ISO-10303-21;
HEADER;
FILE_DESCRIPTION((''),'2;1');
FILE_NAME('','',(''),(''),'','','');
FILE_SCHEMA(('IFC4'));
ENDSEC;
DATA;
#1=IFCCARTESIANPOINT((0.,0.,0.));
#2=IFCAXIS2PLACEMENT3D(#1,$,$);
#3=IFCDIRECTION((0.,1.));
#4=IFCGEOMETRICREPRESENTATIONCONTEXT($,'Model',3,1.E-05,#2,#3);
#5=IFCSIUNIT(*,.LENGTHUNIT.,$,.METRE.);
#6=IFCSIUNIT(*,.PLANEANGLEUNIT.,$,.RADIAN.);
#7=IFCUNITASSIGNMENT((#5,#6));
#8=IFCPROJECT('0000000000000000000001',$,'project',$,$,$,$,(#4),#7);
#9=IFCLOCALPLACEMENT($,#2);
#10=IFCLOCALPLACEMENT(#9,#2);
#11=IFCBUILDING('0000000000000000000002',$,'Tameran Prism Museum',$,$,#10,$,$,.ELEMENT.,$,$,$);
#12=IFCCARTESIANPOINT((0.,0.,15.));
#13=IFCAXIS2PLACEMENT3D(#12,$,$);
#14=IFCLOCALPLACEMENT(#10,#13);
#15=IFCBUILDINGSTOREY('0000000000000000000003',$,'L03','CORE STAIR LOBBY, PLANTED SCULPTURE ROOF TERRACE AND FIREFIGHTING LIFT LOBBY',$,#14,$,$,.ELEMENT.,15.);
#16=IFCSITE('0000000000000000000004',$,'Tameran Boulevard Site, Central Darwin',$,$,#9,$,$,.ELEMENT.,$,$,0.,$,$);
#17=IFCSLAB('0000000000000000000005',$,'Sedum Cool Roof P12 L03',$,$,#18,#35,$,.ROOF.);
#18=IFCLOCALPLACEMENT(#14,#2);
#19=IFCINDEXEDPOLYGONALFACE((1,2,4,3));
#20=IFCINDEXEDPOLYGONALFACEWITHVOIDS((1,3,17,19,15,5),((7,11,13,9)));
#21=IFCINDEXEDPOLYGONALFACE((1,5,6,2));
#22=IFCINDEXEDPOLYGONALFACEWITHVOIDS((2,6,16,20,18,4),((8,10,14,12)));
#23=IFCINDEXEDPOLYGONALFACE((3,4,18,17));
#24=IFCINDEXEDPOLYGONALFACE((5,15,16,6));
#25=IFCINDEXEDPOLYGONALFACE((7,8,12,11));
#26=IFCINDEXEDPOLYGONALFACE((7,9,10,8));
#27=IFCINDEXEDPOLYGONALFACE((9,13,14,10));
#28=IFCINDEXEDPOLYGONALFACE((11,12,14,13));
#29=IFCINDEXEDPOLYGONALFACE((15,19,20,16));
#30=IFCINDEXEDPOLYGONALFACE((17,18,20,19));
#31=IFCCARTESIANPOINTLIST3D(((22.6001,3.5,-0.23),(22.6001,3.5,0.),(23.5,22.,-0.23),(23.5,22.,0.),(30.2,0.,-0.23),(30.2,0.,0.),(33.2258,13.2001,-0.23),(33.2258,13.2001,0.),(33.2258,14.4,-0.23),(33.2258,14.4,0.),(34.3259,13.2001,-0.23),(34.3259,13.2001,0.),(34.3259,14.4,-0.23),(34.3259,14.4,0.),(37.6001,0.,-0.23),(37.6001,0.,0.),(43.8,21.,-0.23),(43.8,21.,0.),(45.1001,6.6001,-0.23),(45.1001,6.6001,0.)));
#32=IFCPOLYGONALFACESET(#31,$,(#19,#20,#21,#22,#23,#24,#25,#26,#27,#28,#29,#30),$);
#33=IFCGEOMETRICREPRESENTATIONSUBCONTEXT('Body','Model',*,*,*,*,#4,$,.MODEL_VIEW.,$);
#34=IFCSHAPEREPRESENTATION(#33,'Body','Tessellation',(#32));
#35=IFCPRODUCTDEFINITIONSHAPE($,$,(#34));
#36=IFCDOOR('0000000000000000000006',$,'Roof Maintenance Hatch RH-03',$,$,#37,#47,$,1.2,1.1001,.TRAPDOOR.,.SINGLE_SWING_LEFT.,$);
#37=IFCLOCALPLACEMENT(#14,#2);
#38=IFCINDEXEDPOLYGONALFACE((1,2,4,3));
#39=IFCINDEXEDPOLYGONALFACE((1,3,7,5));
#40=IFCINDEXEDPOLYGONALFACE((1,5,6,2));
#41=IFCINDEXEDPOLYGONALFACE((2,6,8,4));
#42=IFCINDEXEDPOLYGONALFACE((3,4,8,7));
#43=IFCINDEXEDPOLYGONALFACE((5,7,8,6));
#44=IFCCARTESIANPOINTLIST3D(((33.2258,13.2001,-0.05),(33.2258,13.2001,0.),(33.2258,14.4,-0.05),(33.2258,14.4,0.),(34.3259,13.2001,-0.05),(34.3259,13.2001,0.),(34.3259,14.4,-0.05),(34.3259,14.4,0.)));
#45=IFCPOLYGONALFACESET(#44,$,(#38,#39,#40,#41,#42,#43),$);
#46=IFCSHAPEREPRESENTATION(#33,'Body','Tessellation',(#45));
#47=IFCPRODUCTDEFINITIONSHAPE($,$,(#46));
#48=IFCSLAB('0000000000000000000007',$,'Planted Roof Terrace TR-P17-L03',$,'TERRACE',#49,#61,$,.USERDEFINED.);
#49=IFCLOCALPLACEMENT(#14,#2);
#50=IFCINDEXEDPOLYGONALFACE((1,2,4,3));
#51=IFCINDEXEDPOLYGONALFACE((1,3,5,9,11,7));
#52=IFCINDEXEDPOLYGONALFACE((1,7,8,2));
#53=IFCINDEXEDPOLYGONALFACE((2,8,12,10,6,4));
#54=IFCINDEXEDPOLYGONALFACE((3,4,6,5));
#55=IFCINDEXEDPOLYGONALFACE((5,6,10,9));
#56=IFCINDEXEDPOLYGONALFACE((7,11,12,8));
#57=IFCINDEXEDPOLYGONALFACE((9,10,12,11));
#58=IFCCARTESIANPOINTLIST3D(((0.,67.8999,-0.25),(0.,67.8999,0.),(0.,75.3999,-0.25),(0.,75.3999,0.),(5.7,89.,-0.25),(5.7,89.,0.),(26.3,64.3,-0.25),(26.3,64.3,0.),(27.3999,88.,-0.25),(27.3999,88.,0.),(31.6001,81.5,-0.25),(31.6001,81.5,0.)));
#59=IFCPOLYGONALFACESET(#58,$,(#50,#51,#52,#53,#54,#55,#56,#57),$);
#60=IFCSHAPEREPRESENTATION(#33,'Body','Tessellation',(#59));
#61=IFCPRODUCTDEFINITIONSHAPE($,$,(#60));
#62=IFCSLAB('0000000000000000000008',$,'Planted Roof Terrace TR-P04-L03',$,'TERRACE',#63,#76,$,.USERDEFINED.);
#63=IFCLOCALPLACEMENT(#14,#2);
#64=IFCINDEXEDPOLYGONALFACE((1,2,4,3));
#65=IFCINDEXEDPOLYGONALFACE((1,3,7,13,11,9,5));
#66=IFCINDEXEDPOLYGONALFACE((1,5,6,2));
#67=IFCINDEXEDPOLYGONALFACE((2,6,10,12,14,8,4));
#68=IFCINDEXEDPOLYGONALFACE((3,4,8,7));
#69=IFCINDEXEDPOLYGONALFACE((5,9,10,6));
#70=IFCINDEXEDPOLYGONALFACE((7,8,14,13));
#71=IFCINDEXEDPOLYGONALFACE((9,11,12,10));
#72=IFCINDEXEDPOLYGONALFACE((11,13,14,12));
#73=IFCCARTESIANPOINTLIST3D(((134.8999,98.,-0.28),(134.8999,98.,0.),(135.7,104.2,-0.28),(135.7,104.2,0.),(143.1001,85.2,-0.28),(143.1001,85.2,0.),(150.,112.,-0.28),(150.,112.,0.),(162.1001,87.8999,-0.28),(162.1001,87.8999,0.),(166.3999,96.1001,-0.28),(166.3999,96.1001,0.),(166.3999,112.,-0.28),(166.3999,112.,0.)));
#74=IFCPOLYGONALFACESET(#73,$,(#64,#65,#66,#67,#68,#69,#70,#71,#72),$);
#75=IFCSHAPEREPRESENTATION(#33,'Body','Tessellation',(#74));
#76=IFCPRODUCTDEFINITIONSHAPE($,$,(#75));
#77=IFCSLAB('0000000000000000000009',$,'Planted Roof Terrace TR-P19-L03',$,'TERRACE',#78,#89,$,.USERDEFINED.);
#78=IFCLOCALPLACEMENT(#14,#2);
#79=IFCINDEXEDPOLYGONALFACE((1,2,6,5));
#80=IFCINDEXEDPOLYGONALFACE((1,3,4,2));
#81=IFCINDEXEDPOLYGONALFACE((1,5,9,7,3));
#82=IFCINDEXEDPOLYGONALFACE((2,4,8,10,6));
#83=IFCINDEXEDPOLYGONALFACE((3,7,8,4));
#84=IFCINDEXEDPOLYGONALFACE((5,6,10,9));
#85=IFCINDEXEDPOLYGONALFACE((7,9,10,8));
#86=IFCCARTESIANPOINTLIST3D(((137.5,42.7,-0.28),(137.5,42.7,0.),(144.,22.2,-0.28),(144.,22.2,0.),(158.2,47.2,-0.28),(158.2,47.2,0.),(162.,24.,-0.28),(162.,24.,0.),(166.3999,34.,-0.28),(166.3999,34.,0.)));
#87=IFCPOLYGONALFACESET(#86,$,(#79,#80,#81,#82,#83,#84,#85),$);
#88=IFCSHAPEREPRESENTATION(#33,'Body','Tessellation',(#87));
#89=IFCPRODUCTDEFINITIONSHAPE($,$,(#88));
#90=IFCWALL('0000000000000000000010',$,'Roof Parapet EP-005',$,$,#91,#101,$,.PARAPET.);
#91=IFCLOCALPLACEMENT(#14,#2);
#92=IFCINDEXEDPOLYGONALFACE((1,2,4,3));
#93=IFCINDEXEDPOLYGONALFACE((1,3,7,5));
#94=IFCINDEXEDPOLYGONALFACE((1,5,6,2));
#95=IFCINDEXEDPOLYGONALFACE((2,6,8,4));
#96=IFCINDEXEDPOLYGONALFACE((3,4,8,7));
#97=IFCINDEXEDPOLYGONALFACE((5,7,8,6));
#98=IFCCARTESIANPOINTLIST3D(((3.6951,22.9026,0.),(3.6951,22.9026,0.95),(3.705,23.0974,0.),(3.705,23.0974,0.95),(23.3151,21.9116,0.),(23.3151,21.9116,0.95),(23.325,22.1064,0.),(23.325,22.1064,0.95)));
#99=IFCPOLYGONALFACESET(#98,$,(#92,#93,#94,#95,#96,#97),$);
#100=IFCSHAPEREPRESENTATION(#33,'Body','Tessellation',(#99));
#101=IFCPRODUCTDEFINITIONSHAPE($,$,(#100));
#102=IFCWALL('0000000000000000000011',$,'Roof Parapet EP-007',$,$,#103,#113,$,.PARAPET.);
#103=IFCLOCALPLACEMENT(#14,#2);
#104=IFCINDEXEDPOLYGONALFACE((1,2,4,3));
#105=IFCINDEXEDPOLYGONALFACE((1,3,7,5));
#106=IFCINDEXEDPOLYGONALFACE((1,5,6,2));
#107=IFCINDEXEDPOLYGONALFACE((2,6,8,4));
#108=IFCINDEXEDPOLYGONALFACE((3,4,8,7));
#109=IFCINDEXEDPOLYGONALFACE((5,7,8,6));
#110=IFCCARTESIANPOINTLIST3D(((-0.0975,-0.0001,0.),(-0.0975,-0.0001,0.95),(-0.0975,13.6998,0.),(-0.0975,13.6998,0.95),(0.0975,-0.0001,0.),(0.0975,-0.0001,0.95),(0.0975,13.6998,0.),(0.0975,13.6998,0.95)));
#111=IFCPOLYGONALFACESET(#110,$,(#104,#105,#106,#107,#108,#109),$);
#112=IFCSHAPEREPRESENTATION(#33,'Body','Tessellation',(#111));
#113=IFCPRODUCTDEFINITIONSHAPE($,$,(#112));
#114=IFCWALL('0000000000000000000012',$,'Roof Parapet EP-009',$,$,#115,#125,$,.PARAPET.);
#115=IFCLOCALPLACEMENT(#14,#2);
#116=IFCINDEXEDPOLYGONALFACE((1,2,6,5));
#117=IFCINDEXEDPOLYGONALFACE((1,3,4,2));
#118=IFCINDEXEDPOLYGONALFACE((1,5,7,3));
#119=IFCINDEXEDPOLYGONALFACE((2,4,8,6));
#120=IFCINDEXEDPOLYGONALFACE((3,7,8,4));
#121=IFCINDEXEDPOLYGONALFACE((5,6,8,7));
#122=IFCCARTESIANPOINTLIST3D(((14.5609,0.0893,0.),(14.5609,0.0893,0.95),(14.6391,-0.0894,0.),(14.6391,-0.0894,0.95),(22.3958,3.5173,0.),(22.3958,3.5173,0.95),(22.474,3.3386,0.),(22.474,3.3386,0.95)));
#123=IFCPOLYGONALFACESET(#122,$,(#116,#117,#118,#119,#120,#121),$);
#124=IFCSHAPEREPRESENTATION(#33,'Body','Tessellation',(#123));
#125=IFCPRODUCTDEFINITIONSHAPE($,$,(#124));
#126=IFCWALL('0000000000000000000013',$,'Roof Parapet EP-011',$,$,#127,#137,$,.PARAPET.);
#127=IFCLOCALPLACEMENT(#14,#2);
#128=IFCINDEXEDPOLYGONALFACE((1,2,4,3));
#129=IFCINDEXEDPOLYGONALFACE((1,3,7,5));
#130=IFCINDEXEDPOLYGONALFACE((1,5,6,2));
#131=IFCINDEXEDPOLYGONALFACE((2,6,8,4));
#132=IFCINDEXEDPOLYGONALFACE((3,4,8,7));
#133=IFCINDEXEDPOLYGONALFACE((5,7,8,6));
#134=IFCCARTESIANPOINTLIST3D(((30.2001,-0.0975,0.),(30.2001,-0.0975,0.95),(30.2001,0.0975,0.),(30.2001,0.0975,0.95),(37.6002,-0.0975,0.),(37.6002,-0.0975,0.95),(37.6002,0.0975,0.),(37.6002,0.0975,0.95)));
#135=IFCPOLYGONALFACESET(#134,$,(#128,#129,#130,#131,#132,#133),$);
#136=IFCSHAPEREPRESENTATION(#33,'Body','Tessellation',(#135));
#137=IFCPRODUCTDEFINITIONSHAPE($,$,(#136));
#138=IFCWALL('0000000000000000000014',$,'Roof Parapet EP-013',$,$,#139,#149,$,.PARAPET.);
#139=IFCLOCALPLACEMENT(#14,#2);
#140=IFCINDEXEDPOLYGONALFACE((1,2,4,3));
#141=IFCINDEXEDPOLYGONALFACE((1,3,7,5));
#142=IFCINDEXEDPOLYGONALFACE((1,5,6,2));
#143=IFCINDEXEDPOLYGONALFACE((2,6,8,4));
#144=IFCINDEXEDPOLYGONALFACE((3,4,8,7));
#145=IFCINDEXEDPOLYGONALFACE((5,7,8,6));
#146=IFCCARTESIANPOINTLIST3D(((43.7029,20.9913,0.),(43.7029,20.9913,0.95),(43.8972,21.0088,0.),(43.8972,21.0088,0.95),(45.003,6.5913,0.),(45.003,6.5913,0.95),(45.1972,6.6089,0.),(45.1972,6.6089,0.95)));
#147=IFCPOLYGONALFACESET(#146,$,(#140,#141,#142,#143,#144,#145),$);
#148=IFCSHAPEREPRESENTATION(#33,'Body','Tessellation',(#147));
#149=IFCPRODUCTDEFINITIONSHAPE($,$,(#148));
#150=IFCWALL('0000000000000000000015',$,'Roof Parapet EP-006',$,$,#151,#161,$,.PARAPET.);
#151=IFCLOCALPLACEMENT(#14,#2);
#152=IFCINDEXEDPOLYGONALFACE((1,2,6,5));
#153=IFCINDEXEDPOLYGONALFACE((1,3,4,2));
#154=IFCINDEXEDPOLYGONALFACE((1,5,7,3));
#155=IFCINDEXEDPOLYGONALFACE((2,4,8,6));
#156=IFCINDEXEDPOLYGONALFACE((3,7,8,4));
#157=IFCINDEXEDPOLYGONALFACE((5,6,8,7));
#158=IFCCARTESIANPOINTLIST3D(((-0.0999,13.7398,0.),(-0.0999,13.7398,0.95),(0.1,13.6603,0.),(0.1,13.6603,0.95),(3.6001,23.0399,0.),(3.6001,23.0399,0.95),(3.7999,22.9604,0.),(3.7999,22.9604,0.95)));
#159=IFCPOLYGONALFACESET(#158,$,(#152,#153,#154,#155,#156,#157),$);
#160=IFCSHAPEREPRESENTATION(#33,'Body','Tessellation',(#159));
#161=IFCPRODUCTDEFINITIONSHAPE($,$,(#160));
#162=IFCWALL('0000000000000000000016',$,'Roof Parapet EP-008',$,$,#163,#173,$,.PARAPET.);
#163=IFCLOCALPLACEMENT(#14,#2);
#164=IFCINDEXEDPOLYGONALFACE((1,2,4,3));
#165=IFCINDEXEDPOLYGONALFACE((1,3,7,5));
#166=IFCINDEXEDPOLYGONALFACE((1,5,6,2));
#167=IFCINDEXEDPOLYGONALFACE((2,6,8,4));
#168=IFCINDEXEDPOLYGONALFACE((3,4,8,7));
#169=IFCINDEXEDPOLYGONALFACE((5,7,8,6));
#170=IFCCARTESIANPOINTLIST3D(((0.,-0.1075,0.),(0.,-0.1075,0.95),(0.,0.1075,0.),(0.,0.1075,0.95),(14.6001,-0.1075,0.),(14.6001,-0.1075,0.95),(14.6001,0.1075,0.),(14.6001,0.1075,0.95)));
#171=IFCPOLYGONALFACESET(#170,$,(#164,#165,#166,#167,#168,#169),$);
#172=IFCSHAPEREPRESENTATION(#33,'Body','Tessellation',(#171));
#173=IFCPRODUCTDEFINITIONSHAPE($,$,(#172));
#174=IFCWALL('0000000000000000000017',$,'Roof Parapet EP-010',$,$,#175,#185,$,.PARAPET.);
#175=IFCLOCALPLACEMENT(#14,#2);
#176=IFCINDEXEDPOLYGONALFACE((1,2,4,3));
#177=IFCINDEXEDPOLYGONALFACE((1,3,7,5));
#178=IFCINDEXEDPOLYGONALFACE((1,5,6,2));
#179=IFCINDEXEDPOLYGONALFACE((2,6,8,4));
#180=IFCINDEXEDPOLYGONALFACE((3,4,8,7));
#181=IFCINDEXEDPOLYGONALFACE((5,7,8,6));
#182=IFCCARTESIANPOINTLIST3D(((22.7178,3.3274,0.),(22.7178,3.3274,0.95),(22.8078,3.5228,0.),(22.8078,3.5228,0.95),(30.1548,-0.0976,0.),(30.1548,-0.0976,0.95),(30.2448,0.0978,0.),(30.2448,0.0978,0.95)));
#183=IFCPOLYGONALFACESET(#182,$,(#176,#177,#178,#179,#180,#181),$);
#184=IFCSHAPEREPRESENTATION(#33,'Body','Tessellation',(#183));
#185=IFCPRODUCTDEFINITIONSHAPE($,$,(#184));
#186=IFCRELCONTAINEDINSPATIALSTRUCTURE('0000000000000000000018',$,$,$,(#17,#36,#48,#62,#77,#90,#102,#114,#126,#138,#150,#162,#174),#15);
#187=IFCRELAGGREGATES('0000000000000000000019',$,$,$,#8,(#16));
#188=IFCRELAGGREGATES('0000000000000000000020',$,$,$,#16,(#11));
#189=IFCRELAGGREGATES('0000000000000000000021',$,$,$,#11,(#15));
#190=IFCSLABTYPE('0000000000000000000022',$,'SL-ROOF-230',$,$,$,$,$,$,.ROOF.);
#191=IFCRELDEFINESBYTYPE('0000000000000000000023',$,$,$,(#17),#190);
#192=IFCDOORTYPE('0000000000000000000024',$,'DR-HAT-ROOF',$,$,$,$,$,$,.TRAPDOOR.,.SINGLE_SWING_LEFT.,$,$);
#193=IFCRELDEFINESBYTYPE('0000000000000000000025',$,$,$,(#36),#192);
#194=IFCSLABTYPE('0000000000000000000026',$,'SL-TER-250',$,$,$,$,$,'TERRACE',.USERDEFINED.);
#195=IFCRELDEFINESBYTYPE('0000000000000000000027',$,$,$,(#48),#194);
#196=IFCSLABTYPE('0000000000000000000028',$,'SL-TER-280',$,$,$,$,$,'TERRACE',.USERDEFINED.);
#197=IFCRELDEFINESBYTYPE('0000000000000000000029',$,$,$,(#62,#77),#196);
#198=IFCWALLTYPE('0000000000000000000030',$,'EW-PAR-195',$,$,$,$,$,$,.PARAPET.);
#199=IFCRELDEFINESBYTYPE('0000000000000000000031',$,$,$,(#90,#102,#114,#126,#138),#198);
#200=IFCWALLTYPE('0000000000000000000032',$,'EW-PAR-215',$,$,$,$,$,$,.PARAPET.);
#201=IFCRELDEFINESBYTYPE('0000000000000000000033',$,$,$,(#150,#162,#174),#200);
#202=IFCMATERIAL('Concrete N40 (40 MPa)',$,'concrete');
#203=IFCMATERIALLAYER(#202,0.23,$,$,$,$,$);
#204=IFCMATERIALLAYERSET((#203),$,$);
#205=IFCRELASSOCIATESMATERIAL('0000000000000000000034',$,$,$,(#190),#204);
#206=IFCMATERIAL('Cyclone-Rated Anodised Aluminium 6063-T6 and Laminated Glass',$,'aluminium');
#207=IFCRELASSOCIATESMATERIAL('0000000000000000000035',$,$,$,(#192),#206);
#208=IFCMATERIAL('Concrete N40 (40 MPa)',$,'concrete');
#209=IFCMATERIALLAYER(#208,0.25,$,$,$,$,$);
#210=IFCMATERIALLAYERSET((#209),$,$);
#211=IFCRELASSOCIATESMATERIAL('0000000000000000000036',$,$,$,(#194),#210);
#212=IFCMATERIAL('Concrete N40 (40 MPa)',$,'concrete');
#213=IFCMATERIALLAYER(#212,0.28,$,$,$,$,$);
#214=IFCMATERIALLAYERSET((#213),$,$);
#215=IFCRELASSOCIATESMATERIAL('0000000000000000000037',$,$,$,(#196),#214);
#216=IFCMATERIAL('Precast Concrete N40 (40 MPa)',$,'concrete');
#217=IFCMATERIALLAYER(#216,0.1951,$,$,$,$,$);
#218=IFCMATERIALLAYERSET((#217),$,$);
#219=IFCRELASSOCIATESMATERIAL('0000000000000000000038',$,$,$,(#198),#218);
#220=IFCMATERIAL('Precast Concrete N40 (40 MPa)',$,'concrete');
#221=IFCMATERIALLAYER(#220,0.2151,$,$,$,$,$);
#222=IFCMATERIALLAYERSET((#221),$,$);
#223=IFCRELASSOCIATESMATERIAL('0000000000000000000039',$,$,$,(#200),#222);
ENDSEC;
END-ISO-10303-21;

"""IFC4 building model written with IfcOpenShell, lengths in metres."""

from ifc_helpers import new_model, si_unit, direction, frame, frame_2d, origin, origin_with_axes, origin_2d, place, context, subcontext, project, spatial, polyline, rectangle, outline, extrude, material, layer, layer_set, type_object, element, fill, save


model = new_model("IFC4")

# Units and contexts
model_context = context("Model", 3, precision=1e-05, world=origin(), true_north=direction((0.0, 1.0)))
body_context = subcontext(model_context, "Body", "Model", "MODEL_VIEW")
ifc_project = project(units=[si_unit("LENGTHUNIT", "METRE"), si_unit("PLANEANGLEUNIT", "RADIAN")], contexts=[model_context])

# Site, building, storey
site_placement = place(None, origin())
site = spatial("IfcSite", under=ifc_project, at=site_placement, Name="Tameran Boulevard Site, Central Darwin", CompositionType="ELEMENT", RefElevation=0.0)
building_placement = place(site_placement, origin())
building = spatial("IfcBuilding", under=site, at=building_placement, Name="Tameran Prism Museum", CompositionType="ELEMENT")
storey_placement = place(building_placement, frame((0.0, 0.0, 15.0)))
storey = spatial("IfcBuildingStorey", under=building, at=storey_placement, Name="L03", Description="CORE STAIR LOBBY, PLANTED SCULPTURE ROOF TERRACE AND FIREFIGHTING LIFT LOBBY", CompositionType="ELEMENT", Elevation=15.0)

# Slab, opening, door
ifc_material_1 = material(Name="Concrete N40 (40 MPa)", Category="concrete")
ifc_layer_1 = layer(ifc_material_1, 0.23)
ifc_layer_set_1 = layer_set([ifc_layer_1])
slab_type_1 = type_object("IfcSlabType", Name="SL-ROOF-230", PredefinedType="ROOF", material=ifc_layer_set_1)
slab_1_placement = place(storey_placement, frame((0.0, 0.0, -0.23)))
slab_1 = element("IfcSlab", 1, at=slab_1_placement, inside=storey, type_object=slab_type_1, Name="Sedum Cool Roof P12 L03", PredefinedType="ROOF", context=body_context, shape_type="SweptSolid", body=[
    extrude(outline(polyline([(22.6001, 3.5), (30.2, 0.0), (37.6001, 0.0), (45.1001, 6.6001), (43.8, 21.0), (23.5, 22.0), (22.6001, 3.5)])), origin(), (0.0, 0.0, 1.0), 0.23),
])
opening_1_placement = place(slab_1_placement, frame((33.7759, 13.8, 0.0)))
opening_1 = element("IfcOpeningElement", 2, at=opening_1_placement, cuts=slab_1, PredefinedType="OPENING", context=body_context, shape_type="SweptSolid", body=[
    extrude(rectangle(XDim=1.1001, YDim=1.2, at=origin_2d()), frame((0.0, 0.0, -0.01)), (0.0, 0.0, 1.0), 0.25),
])
ifc_material_2 = material(Name="Cyclone-Rated Anodised Aluminium 6063-T6 and Laminated Glass", Category="aluminium")
door_type_1 = type_object("IfcDoorType", Name="DR-HAT-ROOF", OperationType="SINGLE_SWING_LEFT", PredefinedType="TRAPDOOR", material=ifc_material_2)
door_1_placement = place(opening_1_placement, frame((0.0, 0.0, 0.1799)))
door_1 = element("IfcDoor", 3, at=door_1_placement, inside=storey, type_object=door_type_1, Name="Roof Maintenance Hatch RH-03", OperationType="SINGLE_SWING_LEFT", OverallHeight=1.2, OverallWidth=1.1001, PredefinedType="TRAPDOOR", context=body_context, shape_type="SweptSolid", body=[
    extrude(rectangle(XDim=1.1001, YDim=1.2, at=origin_2d()), origin(), (0.0, 0.0, 1.0), 0.05),
])
fill(opening_1, door_1)

# Slabs
ifc_material_3 = material(Name="Concrete N40 (40 MPa)", Category="concrete")
ifc_layer_2 = layer(ifc_material_3, 0.25)
ifc_layer_set_2 = layer_set([ifc_layer_2])
slab_type_2 = type_object("IfcSlabType", Name="SL-TER-250", ElementType="TERRACE", PredefinedType="USERDEFINED", material=ifc_layer_set_2)
slab_2_placement = place(storey_placement, frame((0.0, 0.0, -0.25)))
element("IfcSlab", 4, at=slab_2_placement, inside=storey, type_object=slab_type_2, Name="Planted Roof Terrace TR-P17-L03", ObjectType="TERRACE", PredefinedType="USERDEFINED", context=body_context, shape_type="SweptSolid", body=[
    extrude(outline(polyline([(0.0, 75.3999), (0.0, 67.8999), (26.3, 64.3), (31.6001, 81.5), (27.3999, 88.0), (5.7, 89.0), (0.0, 75.3999)])), origin(), (0.0, 0.0, 1.0), 0.25),
])
ifc_material_4 = material(Name="Concrete N40 (40 MPa)", Category="concrete")
ifc_layer_3 = layer(ifc_material_4, 0.28)
ifc_layer_set_3 = layer_set([ifc_layer_3])
slab_type_3 = type_object("IfcSlabType", Name="SL-TER-280", ElementType="TERRACE", PredefinedType="USERDEFINED", material=ifc_layer_set_3)
slab_3_placement = place(storey_placement, frame((0.0, 0.0, -0.28)))
element("IfcSlab", 5, at=slab_3_placement, inside=storey, type_object=slab_type_3, Name="Planted Roof Terrace TR-P04-L03", ObjectType="TERRACE", PredefinedType="USERDEFINED", context=body_context, shape_type="SweptSolid", body=[
    extrude(outline(polyline([(134.8999, 98.0), (143.1001, 85.2), (162.1001, 87.8999), (166.3999, 96.1001), (166.3999, 112.0), (150.0, 112.0), (135.7, 104.2), (134.8999, 98.0)])), origin(), (0.0, 0.0, 1.0), 0.28),
])
slab_4_placement = place(storey_placement, frame((0.0, 0.0, -0.28)))
element("IfcSlab", 6, at=slab_4_placement, inside=storey, type_object=slab_type_3, Name="Planted Roof Terrace TR-P19-L03", ObjectType="TERRACE", PredefinedType="USERDEFINED", context=body_context, shape_type="SweptSolid", body=[
    extrude(outline(polyline([(144.0, 22.2), (162.0, 24.0), (166.3999, 34.0), (158.2, 47.2), (137.5, 42.7), (144.0, 22.2)])), origin(), (0.0, 0.0, 1.0), 0.28),
])

# Walls
ifc_material_5 = material(Name="Precast Concrete N40 (40 MPa)", Category="concrete")
ifc_layer_4 = layer(ifc_material_5, 0.1951)
ifc_layer_set_4 = layer_set([ifc_layer_4])
wall_type_1 = type_object("IfcWallType", Name="EW-PAR-195", PredefinedType="PARAPET", material=ifc_layer_set_4)
wall_1_placement = place(storey_placement, frame((23.3201, 22.009, 0.0), z_axis=(0.0, 0.0, 1.0), x_axis=(-0.998727, 0.050443, 0.0)))
element("IfcWall", 7, at=wall_1_placement, inside=storey, type_object=wall_type_1, Name="Roof Parapet EP-005", PredefinedType="PARAPET", context=body_context, shape_type="SweptSolid", body=[
    extrude(rectangle(XDim=19.645, YDim=0.1951, at=frame_2d((9.8225, 0.0))), origin(), (0.0, 0.0, 1.0), 0.95),
])
wall_2_placement = place(storey_placement, frame((0.0, 13.7, 0.0), z_axis=(0.0, 0.0, 1.0), x_axis=(0.0, -1.0, 0.0)))
element("IfcWall", 8, at=wall_2_placement, inside=storey, type_object=wall_type_1, Name="Roof Parapet EP-007", PredefinedType="PARAPET", context=body_context, shape_type="SweptSolid", body=[
    extrude(rectangle(XDim=13.7, YDim=0.1951, at=frame_2d((6.8501, 0.0))), origin(), (0.0, 0.0, 1.0), 0.95),
])
wall_3_placement = place(storey_placement, frame((14.6001, 0.0, 0.0), z_axis=(0.0, 0.0, 1.0), x_axis=(0.916149, 0.400837, 0.0)))
element("IfcWall", 9, at=wall_3_placement, inside=storey, type_object=wall_type_1, Name="Roof Parapet EP-009", PredefinedType="PARAPET", context=body_context, shape_type="SweptSolid", body=[
    extrude(rectangle(XDim=8.552, YDim=0.1951, at=frame_2d((4.2759, 0.0))), origin(), (0.0, 0.0, 1.0), 0.95),
])
wall_4_placement = place(storey_placement, frame((30.2, 0.0, 0.0), z_axis=(0.0, 0.0, 1.0), x_axis=(1.0, 0.0, 0.0)))
element("IfcWall", 10, at=wall_4_placement, inside=storey, type_object=wall_type_1, Name="Roof Parapet EP-011", PredefinedType="PARAPET", context=body_context, shape_type="SweptSolid", body=[
    extrude(rectangle(XDim=7.4001, YDim=0.1951, at=frame_2d((3.7002, 0.0))), origin(), (0.0, 0.0, 1.0), 0.95),
])
wall_5_placement = place(storey_placement, frame((45.1001, 6.6001, 0.0), z_axis=(0.0, 0.0, 1.0), x_axis=(-0.089916, 0.995949, 0.0)))
element("IfcWall", 11, at=wall_5_placement, inside=storey, type_object=wall_type_1, Name="Roof Parapet EP-013", PredefinedType="PARAPET", context=body_context, shape_type="SweptSolid", body=[
    extrude(rectangle(XDim=14.4585, YDim=0.1951, at=frame_2d((7.2292, 0.0))), origin(), (0.0, 0.0, 1.0), 0.95),
])
ifc_material_6 = material(Name="Precast Concrete N40 (40 MPa)", Category="concrete")
ifc_layer_5 = layer(ifc_material_6, 0.2151)
ifc_layer_set_5 = layer_set([ifc_layer_5])
wall_type_2 = type_object("IfcWallType", Name="EW-PAR-215", PredefinedType="PARAPET", material=ifc_layer_set_5)
wall_6_placement = place(storey_placement, frame((3.7, 23.0, 0.0), z_axis=(0.0, 0.0, 1.0), x_axis=(-0.369662, -0.929166, 0.0)))
element("IfcWall", 12, at=wall_6_placement, inside=storey, type_object=wall_type_2, Name="Roof Parapet EP-006", PredefinedType="PARAPET", context=body_context, shape_type="SweptSolid", body=[
    extrude(rectangle(XDim=10.009, YDim=0.2151, at=frame_2d((5.0044, 0.0))), origin(), (0.0, 0.0, 1.0), 0.95),
])
wall_7_placement = place(storey_placement, origin_with_axes())
element("IfcWall", 13, at=wall_7_placement, inside=storey, type_object=wall_type_2, Name="Roof Parapet EP-008", PredefinedType="PARAPET", context=body_context, shape_type="SweptSolid", body=[
    extrude(rectangle(XDim=14.6001, YDim=0.2151, at=frame_2d((7.3, 0.0))), origin(), (0.0, 0.0, 1.0), 0.95),
])
wall_8_placement = place(storey_placement, frame((22.7629, 3.425, 0.0), z_axis=(0.0, 0.0, 1.0), x_axis=(0.908304, -0.418311, 0.0)))
element("IfcWall", 14, at=wall_8_placement, inside=storey, type_object=wall_type_2, Name="Roof Parapet EP-010", PredefinedType="PARAPET", context=body_context, shape_type="SweptSolid", body=[
    extrude(rectangle(XDim=8.1877, YDim=0.2151, at=frame_2d((4.0938, 0.0))), origin(), (0.0, 0.0, 1.0), 0.95),
])

save(model, "model.ifc")
